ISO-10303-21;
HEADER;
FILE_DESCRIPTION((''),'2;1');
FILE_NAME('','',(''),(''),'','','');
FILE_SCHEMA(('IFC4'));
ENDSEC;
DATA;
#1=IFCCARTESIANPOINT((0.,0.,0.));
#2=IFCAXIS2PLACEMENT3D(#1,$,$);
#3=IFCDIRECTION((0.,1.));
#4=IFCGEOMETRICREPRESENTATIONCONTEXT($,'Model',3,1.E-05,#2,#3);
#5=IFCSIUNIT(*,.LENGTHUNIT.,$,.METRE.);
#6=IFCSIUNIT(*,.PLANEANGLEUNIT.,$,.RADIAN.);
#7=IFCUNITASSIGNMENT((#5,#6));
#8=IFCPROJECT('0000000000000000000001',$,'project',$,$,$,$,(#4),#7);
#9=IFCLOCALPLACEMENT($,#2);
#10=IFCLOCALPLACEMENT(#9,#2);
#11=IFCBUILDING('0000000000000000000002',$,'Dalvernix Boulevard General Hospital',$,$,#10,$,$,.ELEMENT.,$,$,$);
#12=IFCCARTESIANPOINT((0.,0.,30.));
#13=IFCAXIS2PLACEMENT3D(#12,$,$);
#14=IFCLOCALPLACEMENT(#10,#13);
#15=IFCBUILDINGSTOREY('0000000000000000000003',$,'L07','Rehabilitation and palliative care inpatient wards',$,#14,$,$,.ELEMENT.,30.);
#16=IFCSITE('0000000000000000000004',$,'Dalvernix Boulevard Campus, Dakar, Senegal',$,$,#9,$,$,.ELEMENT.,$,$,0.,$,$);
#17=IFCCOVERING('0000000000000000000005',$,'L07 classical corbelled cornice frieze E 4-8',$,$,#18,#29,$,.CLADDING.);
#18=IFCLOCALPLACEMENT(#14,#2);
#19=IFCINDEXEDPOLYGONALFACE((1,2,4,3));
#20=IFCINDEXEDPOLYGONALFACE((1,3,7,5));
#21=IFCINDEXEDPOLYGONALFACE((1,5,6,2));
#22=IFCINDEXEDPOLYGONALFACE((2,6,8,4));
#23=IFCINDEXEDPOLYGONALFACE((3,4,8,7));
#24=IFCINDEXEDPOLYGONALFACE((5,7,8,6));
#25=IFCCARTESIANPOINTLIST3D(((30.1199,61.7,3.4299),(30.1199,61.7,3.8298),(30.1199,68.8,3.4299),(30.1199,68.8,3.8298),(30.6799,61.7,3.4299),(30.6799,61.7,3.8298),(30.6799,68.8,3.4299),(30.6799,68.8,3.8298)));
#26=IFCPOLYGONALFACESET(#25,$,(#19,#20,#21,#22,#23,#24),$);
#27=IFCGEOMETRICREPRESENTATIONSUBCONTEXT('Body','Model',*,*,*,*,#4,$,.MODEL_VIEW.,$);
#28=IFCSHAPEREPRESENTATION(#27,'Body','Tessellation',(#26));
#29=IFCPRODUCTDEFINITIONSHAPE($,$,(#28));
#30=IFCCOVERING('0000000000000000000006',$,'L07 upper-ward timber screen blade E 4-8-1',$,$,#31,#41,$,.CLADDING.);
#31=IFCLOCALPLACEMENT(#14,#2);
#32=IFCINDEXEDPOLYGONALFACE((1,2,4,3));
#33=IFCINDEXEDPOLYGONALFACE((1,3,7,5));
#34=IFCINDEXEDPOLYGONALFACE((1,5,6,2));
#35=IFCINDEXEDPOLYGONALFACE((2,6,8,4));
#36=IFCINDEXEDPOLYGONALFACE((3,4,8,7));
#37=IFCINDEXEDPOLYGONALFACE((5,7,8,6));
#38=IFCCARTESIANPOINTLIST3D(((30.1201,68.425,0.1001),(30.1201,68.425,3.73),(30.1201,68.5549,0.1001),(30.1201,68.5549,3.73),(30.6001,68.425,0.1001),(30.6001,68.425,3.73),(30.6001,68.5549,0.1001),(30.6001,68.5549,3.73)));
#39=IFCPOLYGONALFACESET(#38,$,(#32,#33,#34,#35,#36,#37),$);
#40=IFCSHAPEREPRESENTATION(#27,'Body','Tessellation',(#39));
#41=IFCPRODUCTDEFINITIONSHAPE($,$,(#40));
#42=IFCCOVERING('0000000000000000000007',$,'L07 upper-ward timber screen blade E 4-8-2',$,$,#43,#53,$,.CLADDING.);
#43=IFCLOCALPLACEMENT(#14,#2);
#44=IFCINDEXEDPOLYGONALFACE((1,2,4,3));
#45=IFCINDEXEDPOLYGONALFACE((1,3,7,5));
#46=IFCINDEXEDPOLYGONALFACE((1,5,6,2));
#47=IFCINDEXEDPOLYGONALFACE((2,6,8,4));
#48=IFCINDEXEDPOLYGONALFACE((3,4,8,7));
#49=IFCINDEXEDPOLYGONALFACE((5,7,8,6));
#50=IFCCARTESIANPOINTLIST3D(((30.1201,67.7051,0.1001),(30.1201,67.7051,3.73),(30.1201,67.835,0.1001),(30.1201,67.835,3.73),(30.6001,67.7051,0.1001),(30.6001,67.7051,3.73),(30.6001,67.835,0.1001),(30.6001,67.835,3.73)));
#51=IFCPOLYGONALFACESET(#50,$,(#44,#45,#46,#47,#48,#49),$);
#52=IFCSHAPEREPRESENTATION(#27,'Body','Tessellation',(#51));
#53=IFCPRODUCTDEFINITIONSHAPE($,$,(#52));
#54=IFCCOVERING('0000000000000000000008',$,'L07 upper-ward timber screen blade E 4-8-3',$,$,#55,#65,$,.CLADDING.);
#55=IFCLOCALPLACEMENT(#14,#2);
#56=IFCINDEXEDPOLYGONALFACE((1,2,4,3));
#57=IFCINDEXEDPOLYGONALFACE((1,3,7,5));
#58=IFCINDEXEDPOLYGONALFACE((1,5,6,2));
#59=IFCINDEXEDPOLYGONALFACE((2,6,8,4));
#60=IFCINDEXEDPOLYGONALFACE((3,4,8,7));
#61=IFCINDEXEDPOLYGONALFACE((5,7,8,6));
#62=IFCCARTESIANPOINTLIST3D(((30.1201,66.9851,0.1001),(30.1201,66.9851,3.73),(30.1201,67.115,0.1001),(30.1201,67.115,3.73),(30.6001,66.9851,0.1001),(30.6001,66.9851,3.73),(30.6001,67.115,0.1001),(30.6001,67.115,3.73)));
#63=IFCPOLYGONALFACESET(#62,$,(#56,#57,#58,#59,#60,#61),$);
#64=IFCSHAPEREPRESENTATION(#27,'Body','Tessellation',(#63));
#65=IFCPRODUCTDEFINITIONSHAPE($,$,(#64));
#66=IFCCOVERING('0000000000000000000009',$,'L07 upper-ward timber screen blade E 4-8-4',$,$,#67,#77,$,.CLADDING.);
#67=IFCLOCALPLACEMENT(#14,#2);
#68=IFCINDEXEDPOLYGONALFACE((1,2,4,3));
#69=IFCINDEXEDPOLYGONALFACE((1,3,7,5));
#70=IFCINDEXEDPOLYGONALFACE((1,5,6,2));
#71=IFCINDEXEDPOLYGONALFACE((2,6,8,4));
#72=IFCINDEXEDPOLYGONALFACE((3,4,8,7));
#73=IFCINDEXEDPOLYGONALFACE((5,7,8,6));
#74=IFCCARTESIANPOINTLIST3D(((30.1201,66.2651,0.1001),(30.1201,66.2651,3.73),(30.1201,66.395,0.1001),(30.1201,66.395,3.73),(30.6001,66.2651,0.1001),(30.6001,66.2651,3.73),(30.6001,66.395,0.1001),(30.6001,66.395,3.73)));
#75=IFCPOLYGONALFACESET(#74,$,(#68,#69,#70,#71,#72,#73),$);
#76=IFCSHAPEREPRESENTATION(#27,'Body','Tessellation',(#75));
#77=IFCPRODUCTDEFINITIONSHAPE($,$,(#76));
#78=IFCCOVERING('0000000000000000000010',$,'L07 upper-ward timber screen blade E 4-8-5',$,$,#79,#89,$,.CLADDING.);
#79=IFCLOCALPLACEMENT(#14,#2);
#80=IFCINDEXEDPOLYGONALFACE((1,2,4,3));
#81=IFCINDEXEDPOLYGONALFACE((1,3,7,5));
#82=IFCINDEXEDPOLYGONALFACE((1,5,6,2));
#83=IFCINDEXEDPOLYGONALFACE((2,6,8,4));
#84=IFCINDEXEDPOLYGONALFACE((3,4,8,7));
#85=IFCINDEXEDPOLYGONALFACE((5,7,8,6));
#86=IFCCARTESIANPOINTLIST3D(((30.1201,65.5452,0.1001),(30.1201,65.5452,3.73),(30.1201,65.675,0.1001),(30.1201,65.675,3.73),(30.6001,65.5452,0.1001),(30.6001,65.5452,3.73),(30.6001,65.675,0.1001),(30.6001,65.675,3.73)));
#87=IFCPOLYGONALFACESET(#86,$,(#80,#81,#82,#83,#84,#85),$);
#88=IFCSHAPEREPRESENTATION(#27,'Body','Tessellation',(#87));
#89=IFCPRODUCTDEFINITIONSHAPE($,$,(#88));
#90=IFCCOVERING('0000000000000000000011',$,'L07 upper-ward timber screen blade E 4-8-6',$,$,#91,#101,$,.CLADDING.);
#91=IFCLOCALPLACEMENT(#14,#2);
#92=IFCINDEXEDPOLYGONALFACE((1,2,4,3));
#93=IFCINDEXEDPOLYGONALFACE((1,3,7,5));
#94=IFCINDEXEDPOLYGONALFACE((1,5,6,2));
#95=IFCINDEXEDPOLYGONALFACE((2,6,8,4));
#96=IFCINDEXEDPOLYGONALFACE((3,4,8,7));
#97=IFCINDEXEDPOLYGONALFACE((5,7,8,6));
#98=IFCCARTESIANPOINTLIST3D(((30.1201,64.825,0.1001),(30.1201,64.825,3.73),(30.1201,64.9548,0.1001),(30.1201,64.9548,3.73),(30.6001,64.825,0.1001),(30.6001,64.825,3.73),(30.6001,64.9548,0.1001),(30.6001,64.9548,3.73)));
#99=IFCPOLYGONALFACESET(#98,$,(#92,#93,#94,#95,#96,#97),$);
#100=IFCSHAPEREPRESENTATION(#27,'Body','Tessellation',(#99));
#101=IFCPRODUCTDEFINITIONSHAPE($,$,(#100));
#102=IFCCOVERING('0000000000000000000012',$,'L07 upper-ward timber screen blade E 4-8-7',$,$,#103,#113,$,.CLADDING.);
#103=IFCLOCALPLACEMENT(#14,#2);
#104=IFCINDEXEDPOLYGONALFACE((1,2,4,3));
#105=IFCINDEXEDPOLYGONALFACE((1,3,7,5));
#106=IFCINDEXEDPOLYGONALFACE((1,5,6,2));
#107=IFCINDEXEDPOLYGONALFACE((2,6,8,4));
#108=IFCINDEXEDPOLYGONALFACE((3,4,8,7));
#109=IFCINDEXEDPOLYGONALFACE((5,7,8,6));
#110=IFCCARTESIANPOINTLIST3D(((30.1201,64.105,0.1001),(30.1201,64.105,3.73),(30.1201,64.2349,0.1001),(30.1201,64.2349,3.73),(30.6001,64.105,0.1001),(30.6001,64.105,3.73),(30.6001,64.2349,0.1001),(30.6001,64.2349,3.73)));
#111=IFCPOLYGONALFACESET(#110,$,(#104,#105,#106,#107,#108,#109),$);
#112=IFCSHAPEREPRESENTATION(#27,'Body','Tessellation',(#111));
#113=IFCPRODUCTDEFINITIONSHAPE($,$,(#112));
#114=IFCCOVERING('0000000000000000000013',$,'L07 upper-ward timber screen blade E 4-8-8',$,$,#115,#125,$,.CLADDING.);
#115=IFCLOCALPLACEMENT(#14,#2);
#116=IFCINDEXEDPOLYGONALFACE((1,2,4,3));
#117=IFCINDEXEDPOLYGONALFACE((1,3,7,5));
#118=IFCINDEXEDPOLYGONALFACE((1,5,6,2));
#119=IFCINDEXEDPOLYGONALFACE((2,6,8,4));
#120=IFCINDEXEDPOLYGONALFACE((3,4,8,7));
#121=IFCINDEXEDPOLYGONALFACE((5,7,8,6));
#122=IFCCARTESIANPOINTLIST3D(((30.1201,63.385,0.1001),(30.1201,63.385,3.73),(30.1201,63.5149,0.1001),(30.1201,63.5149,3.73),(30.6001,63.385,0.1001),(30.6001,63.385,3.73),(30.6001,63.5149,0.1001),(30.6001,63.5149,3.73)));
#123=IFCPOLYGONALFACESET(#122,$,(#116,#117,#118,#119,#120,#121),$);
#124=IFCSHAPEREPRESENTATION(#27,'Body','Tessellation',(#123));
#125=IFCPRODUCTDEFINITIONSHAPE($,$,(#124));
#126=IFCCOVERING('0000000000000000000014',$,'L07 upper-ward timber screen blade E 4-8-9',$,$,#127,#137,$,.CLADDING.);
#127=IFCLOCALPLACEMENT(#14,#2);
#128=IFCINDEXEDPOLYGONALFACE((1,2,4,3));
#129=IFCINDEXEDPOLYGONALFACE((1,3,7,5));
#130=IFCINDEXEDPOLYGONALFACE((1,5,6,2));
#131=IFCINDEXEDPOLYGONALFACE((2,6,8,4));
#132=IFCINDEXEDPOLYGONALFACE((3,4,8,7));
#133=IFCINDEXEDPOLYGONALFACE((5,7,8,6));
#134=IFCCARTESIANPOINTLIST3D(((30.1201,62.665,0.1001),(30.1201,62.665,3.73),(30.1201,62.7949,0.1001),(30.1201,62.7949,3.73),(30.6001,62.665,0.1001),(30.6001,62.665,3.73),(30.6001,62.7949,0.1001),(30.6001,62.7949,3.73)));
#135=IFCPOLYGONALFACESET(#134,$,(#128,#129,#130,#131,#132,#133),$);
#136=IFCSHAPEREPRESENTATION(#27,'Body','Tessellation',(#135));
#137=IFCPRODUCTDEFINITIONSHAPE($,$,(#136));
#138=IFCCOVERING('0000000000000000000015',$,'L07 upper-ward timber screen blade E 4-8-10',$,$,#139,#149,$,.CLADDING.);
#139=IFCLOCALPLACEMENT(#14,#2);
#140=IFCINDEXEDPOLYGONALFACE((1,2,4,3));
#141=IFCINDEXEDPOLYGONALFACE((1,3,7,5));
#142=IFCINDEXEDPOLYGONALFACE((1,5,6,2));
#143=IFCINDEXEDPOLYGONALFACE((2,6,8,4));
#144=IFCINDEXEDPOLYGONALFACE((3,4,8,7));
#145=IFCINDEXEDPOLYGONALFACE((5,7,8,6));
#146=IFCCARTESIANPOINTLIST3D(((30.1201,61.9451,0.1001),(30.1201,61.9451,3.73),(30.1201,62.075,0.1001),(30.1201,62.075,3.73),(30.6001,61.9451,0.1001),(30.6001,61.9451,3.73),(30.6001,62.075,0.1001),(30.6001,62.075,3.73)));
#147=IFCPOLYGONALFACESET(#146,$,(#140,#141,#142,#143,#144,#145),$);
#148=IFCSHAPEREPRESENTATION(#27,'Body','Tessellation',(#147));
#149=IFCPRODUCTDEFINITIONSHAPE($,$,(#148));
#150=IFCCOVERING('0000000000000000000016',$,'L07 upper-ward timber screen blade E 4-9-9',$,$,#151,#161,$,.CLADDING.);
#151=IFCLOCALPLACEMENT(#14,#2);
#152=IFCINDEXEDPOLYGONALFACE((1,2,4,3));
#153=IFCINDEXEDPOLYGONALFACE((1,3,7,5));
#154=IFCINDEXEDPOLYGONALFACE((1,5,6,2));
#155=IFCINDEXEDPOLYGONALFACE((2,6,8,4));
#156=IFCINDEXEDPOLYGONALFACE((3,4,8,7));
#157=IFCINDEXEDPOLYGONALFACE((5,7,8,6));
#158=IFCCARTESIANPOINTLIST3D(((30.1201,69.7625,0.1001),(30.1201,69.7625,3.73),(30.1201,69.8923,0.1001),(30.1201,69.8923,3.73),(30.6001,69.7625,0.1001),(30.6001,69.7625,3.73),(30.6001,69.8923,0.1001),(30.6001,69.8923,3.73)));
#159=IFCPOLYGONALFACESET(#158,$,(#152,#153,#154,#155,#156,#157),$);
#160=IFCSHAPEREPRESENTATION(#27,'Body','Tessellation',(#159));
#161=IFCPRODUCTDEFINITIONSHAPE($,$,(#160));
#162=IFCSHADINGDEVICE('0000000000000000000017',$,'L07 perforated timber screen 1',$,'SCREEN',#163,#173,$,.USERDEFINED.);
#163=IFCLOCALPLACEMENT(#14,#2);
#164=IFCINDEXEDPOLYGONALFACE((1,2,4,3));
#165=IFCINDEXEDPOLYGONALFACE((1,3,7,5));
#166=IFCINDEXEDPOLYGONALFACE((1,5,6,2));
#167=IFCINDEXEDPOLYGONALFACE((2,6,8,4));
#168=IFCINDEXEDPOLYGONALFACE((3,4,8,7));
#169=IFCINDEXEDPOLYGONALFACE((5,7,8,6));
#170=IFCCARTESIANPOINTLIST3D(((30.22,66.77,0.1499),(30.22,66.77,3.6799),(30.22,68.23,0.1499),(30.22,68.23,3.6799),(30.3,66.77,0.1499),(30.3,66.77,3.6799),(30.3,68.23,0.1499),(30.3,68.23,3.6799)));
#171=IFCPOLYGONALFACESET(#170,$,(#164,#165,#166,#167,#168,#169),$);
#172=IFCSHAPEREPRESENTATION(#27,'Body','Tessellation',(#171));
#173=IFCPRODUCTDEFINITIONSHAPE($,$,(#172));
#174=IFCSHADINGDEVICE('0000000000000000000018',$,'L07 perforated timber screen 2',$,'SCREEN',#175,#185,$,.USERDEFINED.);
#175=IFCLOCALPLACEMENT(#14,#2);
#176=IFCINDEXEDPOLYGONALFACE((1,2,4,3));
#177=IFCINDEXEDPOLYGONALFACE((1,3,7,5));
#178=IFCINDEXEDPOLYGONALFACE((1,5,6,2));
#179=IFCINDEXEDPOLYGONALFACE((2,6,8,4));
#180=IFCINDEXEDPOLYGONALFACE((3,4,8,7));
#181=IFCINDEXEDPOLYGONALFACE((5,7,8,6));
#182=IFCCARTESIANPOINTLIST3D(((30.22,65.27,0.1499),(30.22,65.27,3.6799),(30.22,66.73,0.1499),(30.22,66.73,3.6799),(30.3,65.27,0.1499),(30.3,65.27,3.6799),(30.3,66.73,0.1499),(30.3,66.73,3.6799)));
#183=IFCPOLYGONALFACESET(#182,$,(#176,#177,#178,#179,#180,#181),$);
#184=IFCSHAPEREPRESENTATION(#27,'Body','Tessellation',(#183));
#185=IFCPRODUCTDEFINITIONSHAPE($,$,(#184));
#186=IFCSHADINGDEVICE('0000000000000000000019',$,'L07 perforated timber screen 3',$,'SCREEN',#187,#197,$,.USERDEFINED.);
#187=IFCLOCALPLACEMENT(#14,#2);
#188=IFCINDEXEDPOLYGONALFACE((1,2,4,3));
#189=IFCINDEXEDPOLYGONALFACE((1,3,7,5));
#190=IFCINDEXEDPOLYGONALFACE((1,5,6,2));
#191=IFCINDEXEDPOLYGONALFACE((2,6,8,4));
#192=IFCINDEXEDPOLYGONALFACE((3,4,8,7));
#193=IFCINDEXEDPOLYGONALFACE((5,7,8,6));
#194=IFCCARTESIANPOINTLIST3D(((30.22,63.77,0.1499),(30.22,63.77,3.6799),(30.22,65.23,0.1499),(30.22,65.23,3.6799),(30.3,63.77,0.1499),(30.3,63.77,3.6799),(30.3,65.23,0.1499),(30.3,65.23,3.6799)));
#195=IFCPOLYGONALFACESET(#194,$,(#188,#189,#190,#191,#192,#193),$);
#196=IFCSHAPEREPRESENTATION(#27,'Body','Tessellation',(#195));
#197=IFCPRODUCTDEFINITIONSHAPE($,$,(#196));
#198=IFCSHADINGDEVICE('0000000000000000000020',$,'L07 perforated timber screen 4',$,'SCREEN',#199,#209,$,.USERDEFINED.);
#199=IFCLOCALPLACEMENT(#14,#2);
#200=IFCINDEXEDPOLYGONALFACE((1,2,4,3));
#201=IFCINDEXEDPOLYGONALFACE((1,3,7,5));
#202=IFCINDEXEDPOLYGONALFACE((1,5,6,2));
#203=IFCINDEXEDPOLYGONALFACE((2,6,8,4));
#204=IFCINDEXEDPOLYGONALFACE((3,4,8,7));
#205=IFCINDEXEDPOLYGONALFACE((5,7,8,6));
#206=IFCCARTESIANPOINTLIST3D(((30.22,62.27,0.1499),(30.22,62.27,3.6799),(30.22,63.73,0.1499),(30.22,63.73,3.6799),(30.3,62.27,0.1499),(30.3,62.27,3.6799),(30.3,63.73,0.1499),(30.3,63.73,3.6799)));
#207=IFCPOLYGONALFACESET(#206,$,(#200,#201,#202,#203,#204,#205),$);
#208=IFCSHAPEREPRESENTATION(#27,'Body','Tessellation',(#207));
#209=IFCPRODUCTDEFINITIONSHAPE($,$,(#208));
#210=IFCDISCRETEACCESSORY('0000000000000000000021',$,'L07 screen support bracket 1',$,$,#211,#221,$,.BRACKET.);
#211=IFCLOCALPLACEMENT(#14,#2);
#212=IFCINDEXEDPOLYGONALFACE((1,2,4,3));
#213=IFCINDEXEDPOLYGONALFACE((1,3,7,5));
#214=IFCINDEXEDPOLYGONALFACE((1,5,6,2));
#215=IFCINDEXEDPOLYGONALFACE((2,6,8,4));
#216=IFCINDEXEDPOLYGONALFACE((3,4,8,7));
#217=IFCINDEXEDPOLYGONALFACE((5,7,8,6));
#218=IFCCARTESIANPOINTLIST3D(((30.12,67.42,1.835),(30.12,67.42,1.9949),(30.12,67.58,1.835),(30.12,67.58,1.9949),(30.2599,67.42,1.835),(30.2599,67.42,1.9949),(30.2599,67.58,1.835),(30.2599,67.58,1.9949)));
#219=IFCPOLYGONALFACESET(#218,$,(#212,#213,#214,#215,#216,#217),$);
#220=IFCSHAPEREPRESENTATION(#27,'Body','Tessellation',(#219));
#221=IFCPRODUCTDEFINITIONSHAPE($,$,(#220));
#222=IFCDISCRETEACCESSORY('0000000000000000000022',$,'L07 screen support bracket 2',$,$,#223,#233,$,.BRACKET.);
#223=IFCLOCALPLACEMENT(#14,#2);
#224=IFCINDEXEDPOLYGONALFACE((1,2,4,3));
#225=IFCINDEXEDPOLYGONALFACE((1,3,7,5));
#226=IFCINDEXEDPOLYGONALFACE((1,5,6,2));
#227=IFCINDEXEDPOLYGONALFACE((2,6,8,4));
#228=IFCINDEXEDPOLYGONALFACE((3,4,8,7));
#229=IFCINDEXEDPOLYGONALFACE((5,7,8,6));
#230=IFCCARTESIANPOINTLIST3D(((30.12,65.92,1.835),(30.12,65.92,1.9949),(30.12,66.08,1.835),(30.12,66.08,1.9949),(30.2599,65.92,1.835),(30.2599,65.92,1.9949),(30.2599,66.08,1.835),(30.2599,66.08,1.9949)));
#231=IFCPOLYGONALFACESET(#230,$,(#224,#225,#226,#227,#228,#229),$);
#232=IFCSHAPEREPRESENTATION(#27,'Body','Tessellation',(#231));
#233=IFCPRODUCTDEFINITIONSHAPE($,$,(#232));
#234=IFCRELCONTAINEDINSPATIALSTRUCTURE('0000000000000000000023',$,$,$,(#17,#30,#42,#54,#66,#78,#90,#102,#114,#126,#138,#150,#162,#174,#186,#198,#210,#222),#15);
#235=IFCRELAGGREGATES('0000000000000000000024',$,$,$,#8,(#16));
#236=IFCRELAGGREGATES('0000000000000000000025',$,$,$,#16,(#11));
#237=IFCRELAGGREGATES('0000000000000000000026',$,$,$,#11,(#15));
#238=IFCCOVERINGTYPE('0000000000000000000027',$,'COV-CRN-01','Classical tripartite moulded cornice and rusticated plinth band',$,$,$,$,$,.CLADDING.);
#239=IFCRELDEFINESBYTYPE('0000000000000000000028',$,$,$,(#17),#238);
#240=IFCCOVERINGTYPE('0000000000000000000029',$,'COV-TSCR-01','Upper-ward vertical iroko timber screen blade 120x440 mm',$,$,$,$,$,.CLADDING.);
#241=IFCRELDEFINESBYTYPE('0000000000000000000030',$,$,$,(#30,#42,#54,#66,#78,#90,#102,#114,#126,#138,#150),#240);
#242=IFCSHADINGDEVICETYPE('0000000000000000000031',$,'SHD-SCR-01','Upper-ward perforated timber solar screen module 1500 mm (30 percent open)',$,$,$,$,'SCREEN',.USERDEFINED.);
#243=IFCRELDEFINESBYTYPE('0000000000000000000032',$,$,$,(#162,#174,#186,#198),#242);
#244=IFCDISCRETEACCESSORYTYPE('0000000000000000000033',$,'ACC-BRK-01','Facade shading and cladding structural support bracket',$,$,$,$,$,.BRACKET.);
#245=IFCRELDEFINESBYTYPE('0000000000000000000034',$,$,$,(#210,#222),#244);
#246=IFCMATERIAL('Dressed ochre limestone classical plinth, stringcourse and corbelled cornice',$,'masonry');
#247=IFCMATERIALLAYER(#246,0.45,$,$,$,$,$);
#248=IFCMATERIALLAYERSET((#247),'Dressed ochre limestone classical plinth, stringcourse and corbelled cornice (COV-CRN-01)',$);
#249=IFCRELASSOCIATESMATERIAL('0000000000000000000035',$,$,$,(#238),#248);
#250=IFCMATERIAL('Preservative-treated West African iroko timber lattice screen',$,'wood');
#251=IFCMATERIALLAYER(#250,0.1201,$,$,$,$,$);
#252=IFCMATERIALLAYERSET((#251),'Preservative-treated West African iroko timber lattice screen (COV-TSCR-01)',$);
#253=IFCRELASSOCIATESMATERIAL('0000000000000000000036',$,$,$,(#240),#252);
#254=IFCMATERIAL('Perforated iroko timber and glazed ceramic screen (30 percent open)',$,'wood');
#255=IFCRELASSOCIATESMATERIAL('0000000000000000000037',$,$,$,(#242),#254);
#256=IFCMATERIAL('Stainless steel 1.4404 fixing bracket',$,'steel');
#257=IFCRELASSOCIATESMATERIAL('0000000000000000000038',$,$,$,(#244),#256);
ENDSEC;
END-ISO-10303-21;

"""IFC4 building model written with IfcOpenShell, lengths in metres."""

from ifc_helpers import new_model, si_unit, direction, frame, origin, origin_2d, place, context, subcontext, project, spatial, rectangle, extrude, material, layer, layer_set, type_object, element, save


model = new_model("IFC4")

# Units and contexts
model_context = context("Model", 3, precision=1e-05, world=origin(), true_north=direction((0.0, 1.0)))
body_context = subcontext(model_context, "Body", "Model", "MODEL_VIEW")
ifc_project = project(units=[si_unit("LENGTHUNIT", "METRE"), si_unit("PLANEANGLEUNIT", "RADIAN")], contexts=[model_context])

# Site, building, storey
site_placement = place(None, origin())
site = spatial("IfcSite", under=ifc_project, at=site_placement, Name="Dalvernix Boulevard Campus, Dakar, Senegal", CompositionType="ELEMENT", RefElevation=0.0)
building_placement = place(site_placement, origin())
building = spatial("IfcBuilding", under=site, at=building_placement, Name="Dalvernix Boulevard General Hospital", CompositionType="ELEMENT")
storey_placement = place(building_placement, frame((0.0, 0.0, 30.0)))
storey = spatial("IfcBuildingStorey", under=building, at=storey_placement, Name="L07", Description="Rehabilitation and palliative care inpatient wards", CompositionType="ELEMENT", Elevation=30.0)

# Coverings
ifc_material_1 = material(Name="Dressed ochre limestone classical plinth, stringcourse and corbelled cornice", Category="masonry")
ifc_layer_1 = layer(ifc_material_1, 0.45)
ifc_layer_set_1 = layer_set([ifc_layer_1], Name="Dressed ochre limestone classical plinth, stringcourse and corbelled cornice (COV-CRN-01)")
covering_type_1 = type_object("IfcCoveringType", Name="COV-CRN-01", Description="Classical tripartite moulded cornice and rusticated plinth band", PredefinedType="CLADDING", material=ifc_layer_set_1)
covering_placement = place(storey_placement, frame((30.3999, 65.25, 3.4299), z_axis=(0.0, 0.0, 1.0), x_axis=(0.0, -1.0, 0.0)))
element("IfcCovering", 1, at=covering_placement, inside=storey, type_object=covering_type_1, Name="L07 classical corbelled cornice frieze E 4-8", PredefinedType="CLADDING", context=body_context, shape_type="SweptSolid", body=[
    extrude(rectangle(XDim=7.1001, YDim=0.5601, at=origin_2d()), origin(), (0.0, 0.0, 1.0), 0.3999),
])
ifc_material_2 = material(Name="Preservative-treated West African iroko timber lattice screen", Category="wood")
ifc_layer_2 = layer(ifc_material_2, 0.1201)
ifc_layer_set_2 = layer_set([ifc_layer_2], Name="Preservative-treated West African iroko timber lattice screen (COV-TSCR-01)")
covering_type_2 = type_object("IfcCoveringType", Name="COV-TSCR-01", Description="Upper-ward vertical iroko timber screen blade 120x440 mm", PredefinedType="CLADDING", material=ifc_layer_set_2)
for number, where, z_axis, x_axis, name in (
    (2, (30.3601, 68.49, 0.1001), (0.0, 0.0, 1.0), (0.0, -1.0, 0.0), "L07 upper-ward timber screen blade E 4-8-1"),
    (3, (30.3601, 67.77, 0.1001), (0.0, 0.0, 1.0), (0.0, -1.0, 0.0), "L07 upper-ward timber screen blade E 4-8-2"),
    (4, (30.3601, 67.05, 0.1001), (0.0, 0.0, 1.0), (0.0, -1.0, 0.0), "L07 upper-ward timber screen blade E 4-8-3"),
    (5, (30.3601, 66.3301, 0.1001), (0.0, 0.0, 1.0), (0.0, -1.0, 0.0), "L07 upper-ward timber screen blade E 4-8-4"),
    (6, (30.3601, 65.6101, 0.1001), (0.0, 0.0, 1.0), (0.0, -1.0, 0.0), "L07 upper-ward timber screen blade E 4-8-5"),
    (7, (30.3601, 64.8899, 0.1001), (0.0, 0.0, 1.0), (0.0, -1.0, 0.0), "L07 upper-ward timber screen blade E 4-8-6"),
    (8, (30.3601, 64.1699, 0.1001), (0.0, 0.0, 1.0), (0.0, -1.0, 0.0), "L07 upper-ward timber screen blade E 4-8-7"),
    (9, (30.3601, 63.45, 0.1001), (0.0, 0.0, 1.0), (0.0, -1.0, 0.0), "L07 upper-ward timber screen blade E 4-8-8"),
    (10, (30.3601, 62.73, 0.1001), (0.0, 0.0, 1.0), (0.0, -1.0, 0.0), "L07 upper-ward timber screen blade E 4-8-9"),
    (11, (30.3601, 62.01, 0.1001), (0.0, 0.0, 1.0), (0.0, -1.0, 0.0), "L07 upper-ward timber screen blade E 4-8-10"),
    (12, (30.3601, 69.8274, 0.1001), (0.0, 0.0, 1.0), (0.0, -1.0, 0.0), "L07 upper-ward timber screen blade E 4-9-9"),
):
    element("IfcCovering", number, at=place(storey_placement, frame(where, z_axis=z_axis, x_axis=x_axis)), inside=storey, type_object=covering_type_2, Name=name, PredefinedType="CLADDING", context=body_context, shape_type="SweptSolid", body=[
        extrude(rectangle(XDim=0.1299, YDim=0.48, at=origin_2d()), origin(), (0.0, 0.0, 1.0), 3.6299),
    ])

# Shading devices
ifc_material_3 = material(Name="Perforated iroko timber and glazed ceramic screen (30 percent open)", Category="wood")
shading_device_type = type_object("IfcShadingDeviceType", Name="SHD-SCR-01", Description="Upper-ward perforated timber solar screen module 1500 mm (30 percent open)", ElementType="SCREEN", PredefinedType="USERDEFINED", material=ifc_material_3)
for number, where, z_axis, x_axis, name in (
    (13, (30.26, 67.5, 0.1499), (0.0, 0.0, 1.0), (0.0, -1.0, 0.0), "L07 perforated timber screen 1"),
    (14, (30.26, 66.0, 0.1499), (0.0, 0.0, 1.0), (0.0, -1.0, 0.0), "L07 perforated timber screen 2"),
    (15, (30.26, 64.5, 0.1499), (0.0, 0.0, 1.0), (0.0, -1.0, 0.0), "L07 perforated timber screen 3"),
    (16, (30.26, 63.0, 0.1499), (0.0, 0.0, 1.0), (0.0, -1.0, 0.0), "L07 perforated timber screen 4"),
):
    element("IfcShadingDevice", number, at=place(storey_placement, frame(where, z_axis=z_axis, x_axis=x_axis)), inside=storey, type_object=shading_device_type, Name=name, ObjectType="SCREEN", PredefinedType="USERDEFINED", context=body_context, shape_type="SweptSolid", body=[
        extrude(rectangle(XDim=1.46, YDim=0.0801, at=origin_2d()), origin(), (0.0, 0.0, 1.0), 3.53),
    ])

# Discrete accessories
ifc_material_4 = material(Name="Stainless steel 1.4404 fixing bracket", Category="steel")
discrete_accessory_type = type_object("IfcDiscreteAccessoryType", Name="ACC-BRK-01", Description="Facade shading and cladding structural support bracket", PredefinedType="BRACKET", material=ifc_material_4)
for number, where, z_axis, x_axis, name in (
    (17, (30.1899, 67.5, 1.835), (0.0, 0.0, 1.0), (0.0, -1.0, 0.0), "L07 screen support bracket 1"),
    (18, (30.1899, 66.0, 1.835), (0.0, 0.0, 1.0), (0.0, -1.0, 0.0), "L07 screen support bracket 2"),
):
    element("IfcDiscreteAccessory", number, at=place(storey_placement, frame(where, z_axis=z_axis, x_axis=x_axis)), inside=storey, type_object=discrete_accessory_type, Name=name, PredefinedType="BRACKET", context=body_context, shape_type="SweptSolid", body=[
        extrude(rectangle(XDim=0.1599, YDim=0.1399, at=origin_2d()), origin(), (0.0, 0.0, 1.0), 0.1599),
    ])

save(model, "model.ifc")
